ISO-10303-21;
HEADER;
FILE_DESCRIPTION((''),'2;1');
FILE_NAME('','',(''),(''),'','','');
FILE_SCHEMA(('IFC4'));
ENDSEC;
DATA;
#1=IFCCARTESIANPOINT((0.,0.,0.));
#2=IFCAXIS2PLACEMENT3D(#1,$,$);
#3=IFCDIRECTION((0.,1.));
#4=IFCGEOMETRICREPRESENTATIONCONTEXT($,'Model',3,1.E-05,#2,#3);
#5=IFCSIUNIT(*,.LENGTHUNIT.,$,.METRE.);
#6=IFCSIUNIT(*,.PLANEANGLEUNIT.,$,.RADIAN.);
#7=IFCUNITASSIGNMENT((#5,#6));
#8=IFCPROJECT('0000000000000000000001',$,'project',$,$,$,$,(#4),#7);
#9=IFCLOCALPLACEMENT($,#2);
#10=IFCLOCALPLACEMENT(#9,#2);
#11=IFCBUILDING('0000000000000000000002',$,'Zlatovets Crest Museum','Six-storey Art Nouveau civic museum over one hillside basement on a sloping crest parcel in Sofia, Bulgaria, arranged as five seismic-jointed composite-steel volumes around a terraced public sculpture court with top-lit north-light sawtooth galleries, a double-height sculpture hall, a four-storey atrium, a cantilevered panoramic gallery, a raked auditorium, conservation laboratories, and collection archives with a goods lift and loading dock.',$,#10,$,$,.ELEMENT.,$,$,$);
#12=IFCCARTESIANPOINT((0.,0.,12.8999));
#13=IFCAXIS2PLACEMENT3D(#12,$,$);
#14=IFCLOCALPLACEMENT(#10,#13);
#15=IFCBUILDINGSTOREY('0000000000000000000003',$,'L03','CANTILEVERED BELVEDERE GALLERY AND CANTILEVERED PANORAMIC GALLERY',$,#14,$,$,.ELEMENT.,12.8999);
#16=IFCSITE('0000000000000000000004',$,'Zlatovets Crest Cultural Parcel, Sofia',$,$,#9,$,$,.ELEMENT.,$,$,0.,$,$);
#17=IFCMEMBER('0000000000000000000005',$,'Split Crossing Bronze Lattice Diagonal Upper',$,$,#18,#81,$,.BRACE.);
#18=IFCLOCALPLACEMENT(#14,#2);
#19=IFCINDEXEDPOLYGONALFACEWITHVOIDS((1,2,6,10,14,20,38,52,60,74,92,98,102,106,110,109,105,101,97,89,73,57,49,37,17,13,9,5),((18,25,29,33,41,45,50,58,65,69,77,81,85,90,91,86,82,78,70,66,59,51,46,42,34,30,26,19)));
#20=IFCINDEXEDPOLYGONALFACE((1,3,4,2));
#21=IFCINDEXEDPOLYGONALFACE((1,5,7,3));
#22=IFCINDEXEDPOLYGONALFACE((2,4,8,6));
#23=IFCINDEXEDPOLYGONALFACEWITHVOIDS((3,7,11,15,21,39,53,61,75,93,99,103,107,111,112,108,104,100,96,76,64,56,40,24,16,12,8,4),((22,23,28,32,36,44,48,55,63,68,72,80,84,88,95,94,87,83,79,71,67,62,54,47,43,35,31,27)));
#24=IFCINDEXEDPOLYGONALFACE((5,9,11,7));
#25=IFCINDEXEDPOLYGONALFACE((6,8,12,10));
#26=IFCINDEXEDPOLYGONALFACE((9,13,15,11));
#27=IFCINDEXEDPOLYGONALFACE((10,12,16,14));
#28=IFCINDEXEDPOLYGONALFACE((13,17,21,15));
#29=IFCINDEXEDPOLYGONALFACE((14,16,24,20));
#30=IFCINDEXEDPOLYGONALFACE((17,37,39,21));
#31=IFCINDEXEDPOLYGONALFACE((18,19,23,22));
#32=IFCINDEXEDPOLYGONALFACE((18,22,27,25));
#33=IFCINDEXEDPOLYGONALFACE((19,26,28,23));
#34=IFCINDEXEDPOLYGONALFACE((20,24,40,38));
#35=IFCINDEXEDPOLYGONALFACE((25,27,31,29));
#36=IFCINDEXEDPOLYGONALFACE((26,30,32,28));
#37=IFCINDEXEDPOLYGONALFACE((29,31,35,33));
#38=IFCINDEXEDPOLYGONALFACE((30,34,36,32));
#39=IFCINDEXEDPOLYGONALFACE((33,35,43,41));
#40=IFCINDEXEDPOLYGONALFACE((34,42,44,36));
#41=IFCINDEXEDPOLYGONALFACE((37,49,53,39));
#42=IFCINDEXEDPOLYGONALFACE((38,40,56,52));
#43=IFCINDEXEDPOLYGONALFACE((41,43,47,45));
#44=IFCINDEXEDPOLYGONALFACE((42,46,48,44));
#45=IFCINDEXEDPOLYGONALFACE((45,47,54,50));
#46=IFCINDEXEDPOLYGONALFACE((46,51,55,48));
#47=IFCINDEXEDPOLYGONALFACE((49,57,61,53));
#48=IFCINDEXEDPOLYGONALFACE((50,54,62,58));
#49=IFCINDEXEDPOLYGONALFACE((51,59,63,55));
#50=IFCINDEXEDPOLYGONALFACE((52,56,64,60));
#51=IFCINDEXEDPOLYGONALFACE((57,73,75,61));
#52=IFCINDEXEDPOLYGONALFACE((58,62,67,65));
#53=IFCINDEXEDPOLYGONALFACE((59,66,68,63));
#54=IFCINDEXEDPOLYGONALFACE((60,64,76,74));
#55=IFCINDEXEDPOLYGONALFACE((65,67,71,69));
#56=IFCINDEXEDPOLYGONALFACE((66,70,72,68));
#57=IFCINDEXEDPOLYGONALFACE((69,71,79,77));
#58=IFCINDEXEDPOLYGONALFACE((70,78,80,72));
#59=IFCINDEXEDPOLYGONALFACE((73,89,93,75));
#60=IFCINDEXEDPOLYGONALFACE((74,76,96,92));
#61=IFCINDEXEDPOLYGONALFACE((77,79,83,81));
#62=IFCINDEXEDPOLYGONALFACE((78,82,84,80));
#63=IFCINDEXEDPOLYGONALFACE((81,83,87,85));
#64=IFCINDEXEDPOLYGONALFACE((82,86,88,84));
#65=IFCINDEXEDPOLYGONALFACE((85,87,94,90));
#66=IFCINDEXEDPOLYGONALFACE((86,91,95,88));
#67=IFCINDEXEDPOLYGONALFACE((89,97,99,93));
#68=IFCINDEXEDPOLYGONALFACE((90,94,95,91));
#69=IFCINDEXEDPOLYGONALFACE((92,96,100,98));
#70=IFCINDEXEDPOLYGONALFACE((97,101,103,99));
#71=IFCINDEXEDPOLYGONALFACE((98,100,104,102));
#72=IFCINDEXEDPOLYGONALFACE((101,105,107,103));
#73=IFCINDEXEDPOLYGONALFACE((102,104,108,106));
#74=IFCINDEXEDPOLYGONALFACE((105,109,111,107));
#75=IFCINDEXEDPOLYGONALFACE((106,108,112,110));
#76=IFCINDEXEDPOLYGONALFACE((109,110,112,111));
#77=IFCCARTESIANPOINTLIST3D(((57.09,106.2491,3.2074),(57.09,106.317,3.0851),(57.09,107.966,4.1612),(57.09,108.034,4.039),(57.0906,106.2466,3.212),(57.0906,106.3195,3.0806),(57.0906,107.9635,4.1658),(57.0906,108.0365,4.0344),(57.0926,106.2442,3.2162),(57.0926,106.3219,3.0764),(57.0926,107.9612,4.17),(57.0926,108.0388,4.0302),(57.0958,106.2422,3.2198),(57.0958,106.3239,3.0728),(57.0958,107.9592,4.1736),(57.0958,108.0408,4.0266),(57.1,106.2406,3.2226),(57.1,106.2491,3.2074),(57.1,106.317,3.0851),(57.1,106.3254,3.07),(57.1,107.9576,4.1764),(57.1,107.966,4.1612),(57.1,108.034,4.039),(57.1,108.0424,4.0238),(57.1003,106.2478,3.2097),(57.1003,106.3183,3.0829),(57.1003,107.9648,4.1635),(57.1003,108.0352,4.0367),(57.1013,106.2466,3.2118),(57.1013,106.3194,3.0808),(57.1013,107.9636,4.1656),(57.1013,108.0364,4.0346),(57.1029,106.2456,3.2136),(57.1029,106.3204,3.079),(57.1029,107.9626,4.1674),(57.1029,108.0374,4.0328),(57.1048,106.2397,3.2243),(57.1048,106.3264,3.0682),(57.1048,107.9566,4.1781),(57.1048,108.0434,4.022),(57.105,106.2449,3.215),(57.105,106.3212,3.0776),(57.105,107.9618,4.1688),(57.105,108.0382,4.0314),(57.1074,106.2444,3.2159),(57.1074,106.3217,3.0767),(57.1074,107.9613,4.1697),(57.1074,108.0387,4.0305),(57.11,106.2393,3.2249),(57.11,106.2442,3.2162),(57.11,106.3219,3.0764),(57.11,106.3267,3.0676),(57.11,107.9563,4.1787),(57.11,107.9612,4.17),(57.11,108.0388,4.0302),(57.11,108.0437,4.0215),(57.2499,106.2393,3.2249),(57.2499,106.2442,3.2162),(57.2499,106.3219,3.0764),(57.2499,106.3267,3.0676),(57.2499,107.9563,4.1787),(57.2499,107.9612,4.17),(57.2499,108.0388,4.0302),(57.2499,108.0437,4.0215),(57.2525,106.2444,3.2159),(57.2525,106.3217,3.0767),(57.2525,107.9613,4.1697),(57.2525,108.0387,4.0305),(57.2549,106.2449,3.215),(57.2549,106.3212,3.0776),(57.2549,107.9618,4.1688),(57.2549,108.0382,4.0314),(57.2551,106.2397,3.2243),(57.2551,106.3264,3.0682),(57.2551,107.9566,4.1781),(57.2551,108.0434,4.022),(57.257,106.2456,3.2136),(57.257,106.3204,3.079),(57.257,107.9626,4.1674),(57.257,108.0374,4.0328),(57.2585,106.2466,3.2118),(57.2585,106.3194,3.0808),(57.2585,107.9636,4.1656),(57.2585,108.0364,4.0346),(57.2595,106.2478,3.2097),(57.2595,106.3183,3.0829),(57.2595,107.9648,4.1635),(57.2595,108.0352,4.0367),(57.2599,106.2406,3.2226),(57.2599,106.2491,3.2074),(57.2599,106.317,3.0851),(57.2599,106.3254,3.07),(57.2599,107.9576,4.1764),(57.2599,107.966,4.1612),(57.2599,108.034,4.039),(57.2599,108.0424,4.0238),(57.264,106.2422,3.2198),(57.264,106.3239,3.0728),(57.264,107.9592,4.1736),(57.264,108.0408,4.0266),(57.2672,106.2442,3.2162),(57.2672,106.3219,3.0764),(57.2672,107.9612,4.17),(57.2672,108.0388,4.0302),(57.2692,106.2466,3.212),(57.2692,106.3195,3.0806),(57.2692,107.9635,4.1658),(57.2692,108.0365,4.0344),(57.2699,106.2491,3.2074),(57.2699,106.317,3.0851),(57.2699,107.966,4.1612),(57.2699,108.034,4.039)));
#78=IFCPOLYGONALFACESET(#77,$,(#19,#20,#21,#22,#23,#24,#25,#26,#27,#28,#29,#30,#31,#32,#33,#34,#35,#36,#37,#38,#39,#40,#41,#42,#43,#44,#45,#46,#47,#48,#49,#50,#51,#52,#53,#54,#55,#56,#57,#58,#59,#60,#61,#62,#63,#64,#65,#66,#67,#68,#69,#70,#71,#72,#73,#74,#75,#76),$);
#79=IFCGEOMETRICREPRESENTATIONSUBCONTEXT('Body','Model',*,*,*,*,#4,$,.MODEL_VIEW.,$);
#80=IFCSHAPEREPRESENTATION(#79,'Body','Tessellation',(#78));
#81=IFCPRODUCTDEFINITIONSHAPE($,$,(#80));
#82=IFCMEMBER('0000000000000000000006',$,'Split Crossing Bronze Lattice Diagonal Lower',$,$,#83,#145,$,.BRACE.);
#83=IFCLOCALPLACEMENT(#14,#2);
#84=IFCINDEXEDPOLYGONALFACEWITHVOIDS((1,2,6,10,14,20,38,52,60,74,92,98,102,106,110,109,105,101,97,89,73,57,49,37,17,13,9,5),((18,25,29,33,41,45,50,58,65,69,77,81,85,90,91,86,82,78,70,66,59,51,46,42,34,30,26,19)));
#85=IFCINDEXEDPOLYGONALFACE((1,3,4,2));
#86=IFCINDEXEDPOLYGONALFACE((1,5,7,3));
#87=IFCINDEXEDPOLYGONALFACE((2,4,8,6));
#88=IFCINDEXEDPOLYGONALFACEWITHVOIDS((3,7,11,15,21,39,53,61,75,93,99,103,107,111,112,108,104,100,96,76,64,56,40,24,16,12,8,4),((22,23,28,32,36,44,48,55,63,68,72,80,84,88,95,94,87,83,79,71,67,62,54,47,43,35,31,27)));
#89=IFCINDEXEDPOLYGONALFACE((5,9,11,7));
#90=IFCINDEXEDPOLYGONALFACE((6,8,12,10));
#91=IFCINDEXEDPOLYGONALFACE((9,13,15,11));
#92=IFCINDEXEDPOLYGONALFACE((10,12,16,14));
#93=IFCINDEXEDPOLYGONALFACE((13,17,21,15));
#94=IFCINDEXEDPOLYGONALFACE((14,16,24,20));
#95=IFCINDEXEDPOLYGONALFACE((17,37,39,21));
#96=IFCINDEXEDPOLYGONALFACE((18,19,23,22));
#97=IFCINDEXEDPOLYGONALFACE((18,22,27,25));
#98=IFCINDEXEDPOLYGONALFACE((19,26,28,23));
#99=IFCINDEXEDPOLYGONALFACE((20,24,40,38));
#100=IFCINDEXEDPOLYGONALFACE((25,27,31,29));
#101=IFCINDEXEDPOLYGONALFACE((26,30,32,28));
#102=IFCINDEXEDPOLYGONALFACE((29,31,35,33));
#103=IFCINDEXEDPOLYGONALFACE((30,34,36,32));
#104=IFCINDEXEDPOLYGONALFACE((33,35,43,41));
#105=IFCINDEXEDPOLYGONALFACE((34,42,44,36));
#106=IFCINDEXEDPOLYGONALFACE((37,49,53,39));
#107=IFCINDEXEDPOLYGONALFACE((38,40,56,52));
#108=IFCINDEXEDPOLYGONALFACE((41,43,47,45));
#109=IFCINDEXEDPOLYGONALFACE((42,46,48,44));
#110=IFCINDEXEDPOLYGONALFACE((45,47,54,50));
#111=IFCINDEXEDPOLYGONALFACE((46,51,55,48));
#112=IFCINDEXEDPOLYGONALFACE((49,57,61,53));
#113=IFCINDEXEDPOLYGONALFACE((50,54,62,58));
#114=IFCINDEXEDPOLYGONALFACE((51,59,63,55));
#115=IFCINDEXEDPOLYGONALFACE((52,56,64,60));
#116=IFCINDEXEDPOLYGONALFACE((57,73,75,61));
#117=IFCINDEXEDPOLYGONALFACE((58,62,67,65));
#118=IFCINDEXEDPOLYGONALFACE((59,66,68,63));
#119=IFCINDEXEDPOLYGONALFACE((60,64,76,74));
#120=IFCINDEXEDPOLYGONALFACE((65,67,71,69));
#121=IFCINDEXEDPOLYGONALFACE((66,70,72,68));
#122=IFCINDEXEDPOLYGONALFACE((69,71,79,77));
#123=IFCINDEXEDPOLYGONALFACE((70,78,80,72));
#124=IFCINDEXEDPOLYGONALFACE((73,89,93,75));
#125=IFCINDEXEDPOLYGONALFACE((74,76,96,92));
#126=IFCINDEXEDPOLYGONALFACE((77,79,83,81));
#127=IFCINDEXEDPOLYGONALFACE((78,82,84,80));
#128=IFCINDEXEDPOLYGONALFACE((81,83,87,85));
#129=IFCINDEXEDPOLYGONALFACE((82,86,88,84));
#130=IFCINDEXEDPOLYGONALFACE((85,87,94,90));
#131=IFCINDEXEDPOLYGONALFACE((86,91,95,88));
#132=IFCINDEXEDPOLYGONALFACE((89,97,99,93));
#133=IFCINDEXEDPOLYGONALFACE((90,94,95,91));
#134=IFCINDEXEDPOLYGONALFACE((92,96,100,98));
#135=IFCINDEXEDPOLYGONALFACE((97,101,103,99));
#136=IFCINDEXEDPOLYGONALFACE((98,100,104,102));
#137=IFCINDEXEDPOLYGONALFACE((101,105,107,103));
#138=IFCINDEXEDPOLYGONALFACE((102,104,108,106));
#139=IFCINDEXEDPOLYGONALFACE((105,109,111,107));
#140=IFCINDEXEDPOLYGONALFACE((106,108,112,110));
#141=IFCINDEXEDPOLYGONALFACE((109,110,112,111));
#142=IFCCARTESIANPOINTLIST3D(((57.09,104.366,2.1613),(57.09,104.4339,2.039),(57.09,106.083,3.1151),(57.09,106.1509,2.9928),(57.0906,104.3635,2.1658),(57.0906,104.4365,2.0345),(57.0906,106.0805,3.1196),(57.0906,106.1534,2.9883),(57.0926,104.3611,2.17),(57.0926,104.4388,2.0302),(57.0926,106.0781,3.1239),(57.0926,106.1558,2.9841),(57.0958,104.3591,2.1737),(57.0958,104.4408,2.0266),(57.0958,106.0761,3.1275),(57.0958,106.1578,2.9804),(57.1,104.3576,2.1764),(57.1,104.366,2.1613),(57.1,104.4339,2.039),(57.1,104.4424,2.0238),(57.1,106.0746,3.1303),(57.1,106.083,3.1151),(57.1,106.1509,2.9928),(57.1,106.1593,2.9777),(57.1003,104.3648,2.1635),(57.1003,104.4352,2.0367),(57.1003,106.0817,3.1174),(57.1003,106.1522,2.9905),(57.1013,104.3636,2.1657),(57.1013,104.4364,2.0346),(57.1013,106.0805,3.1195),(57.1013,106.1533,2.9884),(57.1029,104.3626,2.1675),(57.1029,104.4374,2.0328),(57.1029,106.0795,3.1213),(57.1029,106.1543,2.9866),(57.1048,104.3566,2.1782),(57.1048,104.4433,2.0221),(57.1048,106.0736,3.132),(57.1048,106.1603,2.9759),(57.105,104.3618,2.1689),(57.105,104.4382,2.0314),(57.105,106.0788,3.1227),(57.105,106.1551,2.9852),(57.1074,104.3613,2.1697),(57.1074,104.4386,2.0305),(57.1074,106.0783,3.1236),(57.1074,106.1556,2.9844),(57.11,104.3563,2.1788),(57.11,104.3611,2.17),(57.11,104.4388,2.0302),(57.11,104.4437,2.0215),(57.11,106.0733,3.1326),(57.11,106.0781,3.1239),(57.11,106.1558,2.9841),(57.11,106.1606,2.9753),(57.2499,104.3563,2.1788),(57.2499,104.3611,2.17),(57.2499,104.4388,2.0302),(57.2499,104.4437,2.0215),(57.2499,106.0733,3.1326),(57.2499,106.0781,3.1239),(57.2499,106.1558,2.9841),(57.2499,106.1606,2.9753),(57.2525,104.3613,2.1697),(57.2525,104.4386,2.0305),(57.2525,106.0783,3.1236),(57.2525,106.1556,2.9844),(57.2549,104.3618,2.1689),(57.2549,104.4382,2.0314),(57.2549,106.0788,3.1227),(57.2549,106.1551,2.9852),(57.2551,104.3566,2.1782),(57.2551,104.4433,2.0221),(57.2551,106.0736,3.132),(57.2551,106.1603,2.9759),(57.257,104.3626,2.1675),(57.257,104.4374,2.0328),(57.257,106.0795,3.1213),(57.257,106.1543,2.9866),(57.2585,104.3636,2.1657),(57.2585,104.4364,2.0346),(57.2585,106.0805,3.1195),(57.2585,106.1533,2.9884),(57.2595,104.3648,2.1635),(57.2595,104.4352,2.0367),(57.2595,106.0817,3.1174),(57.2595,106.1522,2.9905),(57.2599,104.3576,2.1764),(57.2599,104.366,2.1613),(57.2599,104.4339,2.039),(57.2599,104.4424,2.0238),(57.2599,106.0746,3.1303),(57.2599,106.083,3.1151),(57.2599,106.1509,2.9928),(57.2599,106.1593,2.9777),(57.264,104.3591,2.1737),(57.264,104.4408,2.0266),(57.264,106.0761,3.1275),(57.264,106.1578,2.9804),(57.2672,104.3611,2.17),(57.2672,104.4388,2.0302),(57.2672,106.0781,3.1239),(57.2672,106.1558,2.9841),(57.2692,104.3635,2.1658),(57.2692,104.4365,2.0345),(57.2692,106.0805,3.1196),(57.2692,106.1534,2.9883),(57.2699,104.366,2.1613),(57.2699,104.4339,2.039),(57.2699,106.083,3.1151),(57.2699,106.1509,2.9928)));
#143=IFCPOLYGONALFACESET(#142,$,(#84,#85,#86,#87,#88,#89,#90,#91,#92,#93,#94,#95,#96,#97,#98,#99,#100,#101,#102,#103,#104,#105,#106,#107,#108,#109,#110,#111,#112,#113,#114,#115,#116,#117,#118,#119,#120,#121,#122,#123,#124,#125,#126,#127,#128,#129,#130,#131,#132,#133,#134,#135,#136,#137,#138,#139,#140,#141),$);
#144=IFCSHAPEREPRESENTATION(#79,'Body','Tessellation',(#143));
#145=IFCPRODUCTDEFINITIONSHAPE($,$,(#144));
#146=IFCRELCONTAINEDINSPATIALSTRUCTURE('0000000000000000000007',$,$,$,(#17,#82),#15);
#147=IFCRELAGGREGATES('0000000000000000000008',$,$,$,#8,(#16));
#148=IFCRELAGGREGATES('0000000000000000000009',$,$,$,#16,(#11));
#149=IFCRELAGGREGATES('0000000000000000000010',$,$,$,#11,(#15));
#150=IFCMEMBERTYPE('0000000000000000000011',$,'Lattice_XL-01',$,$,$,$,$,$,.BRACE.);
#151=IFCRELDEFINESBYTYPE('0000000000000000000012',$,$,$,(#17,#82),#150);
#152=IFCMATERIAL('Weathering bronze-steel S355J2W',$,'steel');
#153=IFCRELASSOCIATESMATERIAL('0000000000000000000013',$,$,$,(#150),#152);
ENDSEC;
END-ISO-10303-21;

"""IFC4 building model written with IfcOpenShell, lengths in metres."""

from ifc_helpers import new_model, si_unit, direction, frame, origin, origin_2d, place, context, subcontext, project, spatial, hollow_rectangle, extrude, material, material_profile, profile_set, type_object, element, save


model = new_model("IFC4")

# Units and contexts
model_context = context("Model", 3, precision=1e-05, world=origin(), true_north=direction((0.0, 1.0)))
body_context = subcontext(model_context, "Body", "Model", "MODEL_VIEW")
ifc_project = project(units=[si_unit("LENGTHUNIT", "METRE"), si_unit("PLANEANGLEUNIT", "RADIAN")], contexts=[model_context])

# Site, building, storey
site_placement = place(None, origin())
site = spatial("IfcSite", under=ifc_project, at=site_placement, Name="Zlatovets Crest Cultural Parcel, Sofia", CompositionType="ELEMENT", RefElevation=0.0)
building_placement = place(site_placement, origin())
building = spatial("IfcBuilding", under=site, at=building_placement, Name="Zlatovets Crest Museum", Description="Six-storey Art Nouveau civic museum over one hillside basement on a sloping crest parcel in Sofia, Bulgaria, arranged as five seismic-jointed composite-steel volumes around a terraced public sculpture court with top-lit north-light sawtooth galleries, a double-height sculpture hall, a four-storey atrium, a cantilevered panoramic gallery, a raked auditorium, conservation laboratories, and collection archives with a goods lift and loading dock.", CompositionType="ELEMENT")
storey_placement = place(building_placement, frame((0.0, 0.0, 12.8999)))
storey = spatial("IfcBuildingStorey", under=building, at=storey_placement, Name="L03", Description="CANTILEVERED BELVEDERE GALLERY AND CANTILEVERED PANORAMIC GALLERY", CompositionType="ELEMENT", Elevation=12.8999)

# Members
ifc_material_1 = material(Name="Weathering bronze-steel S355J2W", Category="steel")
ifc_material_profile_1 = material_profile(ifc_material_1, hollow_rectangle(XDim=0.1799, YDim=0.1799, WallThickness=0.01, InnerFilletRadius=0.01, OuterFilletRadius=0.02, at=origin_2d()), Name="SHS 180x180x10.0")
ifc_profile_set_1 = profile_set([ifc_material_profile_1], Name="Weathering bronze-steel S355J2W")
member_type_1 = type_object("IfcMemberType", Name="Lattice_XL-01", PredefinedType="BRACE", material=ifc_profile_set_1)
for number, where, z_axis, x_axis, name in (
    (1, (57.1799, 108.0, 4.1001), (0.0, -0.874169, -0.485622), (1.0, 0.0, 0.0), "Split Crossing Bronze Lattice Diagonal Upper"),
    (2, (57.1799, 106.1169, 3.054), (0.0, -0.874169, -0.485622), (1.0, 0.0, 0.0), "Split Crossing Bronze Lattice Diagonal Lower"),
):
    element("IfcMember", number, at=place(storey_placement, frame(where, z_axis=z_axis, x_axis=x_axis)), inside=storey, type_object=member_type_1, Name=name, PredefinedType="BRACE", context=body_context, shape_type="SweptSolid", body=[
        extrude(hollow_rectangle(XDim=0.1799, YDim=0.1799, WallThickness=0.01, InnerFilletRadius=0.01, OuterFilletRadius=0.02, at=origin_2d()), origin(), (0.0, 0.0, 1.0), 1.9641),
    ])

save(model, "model.ifc")
